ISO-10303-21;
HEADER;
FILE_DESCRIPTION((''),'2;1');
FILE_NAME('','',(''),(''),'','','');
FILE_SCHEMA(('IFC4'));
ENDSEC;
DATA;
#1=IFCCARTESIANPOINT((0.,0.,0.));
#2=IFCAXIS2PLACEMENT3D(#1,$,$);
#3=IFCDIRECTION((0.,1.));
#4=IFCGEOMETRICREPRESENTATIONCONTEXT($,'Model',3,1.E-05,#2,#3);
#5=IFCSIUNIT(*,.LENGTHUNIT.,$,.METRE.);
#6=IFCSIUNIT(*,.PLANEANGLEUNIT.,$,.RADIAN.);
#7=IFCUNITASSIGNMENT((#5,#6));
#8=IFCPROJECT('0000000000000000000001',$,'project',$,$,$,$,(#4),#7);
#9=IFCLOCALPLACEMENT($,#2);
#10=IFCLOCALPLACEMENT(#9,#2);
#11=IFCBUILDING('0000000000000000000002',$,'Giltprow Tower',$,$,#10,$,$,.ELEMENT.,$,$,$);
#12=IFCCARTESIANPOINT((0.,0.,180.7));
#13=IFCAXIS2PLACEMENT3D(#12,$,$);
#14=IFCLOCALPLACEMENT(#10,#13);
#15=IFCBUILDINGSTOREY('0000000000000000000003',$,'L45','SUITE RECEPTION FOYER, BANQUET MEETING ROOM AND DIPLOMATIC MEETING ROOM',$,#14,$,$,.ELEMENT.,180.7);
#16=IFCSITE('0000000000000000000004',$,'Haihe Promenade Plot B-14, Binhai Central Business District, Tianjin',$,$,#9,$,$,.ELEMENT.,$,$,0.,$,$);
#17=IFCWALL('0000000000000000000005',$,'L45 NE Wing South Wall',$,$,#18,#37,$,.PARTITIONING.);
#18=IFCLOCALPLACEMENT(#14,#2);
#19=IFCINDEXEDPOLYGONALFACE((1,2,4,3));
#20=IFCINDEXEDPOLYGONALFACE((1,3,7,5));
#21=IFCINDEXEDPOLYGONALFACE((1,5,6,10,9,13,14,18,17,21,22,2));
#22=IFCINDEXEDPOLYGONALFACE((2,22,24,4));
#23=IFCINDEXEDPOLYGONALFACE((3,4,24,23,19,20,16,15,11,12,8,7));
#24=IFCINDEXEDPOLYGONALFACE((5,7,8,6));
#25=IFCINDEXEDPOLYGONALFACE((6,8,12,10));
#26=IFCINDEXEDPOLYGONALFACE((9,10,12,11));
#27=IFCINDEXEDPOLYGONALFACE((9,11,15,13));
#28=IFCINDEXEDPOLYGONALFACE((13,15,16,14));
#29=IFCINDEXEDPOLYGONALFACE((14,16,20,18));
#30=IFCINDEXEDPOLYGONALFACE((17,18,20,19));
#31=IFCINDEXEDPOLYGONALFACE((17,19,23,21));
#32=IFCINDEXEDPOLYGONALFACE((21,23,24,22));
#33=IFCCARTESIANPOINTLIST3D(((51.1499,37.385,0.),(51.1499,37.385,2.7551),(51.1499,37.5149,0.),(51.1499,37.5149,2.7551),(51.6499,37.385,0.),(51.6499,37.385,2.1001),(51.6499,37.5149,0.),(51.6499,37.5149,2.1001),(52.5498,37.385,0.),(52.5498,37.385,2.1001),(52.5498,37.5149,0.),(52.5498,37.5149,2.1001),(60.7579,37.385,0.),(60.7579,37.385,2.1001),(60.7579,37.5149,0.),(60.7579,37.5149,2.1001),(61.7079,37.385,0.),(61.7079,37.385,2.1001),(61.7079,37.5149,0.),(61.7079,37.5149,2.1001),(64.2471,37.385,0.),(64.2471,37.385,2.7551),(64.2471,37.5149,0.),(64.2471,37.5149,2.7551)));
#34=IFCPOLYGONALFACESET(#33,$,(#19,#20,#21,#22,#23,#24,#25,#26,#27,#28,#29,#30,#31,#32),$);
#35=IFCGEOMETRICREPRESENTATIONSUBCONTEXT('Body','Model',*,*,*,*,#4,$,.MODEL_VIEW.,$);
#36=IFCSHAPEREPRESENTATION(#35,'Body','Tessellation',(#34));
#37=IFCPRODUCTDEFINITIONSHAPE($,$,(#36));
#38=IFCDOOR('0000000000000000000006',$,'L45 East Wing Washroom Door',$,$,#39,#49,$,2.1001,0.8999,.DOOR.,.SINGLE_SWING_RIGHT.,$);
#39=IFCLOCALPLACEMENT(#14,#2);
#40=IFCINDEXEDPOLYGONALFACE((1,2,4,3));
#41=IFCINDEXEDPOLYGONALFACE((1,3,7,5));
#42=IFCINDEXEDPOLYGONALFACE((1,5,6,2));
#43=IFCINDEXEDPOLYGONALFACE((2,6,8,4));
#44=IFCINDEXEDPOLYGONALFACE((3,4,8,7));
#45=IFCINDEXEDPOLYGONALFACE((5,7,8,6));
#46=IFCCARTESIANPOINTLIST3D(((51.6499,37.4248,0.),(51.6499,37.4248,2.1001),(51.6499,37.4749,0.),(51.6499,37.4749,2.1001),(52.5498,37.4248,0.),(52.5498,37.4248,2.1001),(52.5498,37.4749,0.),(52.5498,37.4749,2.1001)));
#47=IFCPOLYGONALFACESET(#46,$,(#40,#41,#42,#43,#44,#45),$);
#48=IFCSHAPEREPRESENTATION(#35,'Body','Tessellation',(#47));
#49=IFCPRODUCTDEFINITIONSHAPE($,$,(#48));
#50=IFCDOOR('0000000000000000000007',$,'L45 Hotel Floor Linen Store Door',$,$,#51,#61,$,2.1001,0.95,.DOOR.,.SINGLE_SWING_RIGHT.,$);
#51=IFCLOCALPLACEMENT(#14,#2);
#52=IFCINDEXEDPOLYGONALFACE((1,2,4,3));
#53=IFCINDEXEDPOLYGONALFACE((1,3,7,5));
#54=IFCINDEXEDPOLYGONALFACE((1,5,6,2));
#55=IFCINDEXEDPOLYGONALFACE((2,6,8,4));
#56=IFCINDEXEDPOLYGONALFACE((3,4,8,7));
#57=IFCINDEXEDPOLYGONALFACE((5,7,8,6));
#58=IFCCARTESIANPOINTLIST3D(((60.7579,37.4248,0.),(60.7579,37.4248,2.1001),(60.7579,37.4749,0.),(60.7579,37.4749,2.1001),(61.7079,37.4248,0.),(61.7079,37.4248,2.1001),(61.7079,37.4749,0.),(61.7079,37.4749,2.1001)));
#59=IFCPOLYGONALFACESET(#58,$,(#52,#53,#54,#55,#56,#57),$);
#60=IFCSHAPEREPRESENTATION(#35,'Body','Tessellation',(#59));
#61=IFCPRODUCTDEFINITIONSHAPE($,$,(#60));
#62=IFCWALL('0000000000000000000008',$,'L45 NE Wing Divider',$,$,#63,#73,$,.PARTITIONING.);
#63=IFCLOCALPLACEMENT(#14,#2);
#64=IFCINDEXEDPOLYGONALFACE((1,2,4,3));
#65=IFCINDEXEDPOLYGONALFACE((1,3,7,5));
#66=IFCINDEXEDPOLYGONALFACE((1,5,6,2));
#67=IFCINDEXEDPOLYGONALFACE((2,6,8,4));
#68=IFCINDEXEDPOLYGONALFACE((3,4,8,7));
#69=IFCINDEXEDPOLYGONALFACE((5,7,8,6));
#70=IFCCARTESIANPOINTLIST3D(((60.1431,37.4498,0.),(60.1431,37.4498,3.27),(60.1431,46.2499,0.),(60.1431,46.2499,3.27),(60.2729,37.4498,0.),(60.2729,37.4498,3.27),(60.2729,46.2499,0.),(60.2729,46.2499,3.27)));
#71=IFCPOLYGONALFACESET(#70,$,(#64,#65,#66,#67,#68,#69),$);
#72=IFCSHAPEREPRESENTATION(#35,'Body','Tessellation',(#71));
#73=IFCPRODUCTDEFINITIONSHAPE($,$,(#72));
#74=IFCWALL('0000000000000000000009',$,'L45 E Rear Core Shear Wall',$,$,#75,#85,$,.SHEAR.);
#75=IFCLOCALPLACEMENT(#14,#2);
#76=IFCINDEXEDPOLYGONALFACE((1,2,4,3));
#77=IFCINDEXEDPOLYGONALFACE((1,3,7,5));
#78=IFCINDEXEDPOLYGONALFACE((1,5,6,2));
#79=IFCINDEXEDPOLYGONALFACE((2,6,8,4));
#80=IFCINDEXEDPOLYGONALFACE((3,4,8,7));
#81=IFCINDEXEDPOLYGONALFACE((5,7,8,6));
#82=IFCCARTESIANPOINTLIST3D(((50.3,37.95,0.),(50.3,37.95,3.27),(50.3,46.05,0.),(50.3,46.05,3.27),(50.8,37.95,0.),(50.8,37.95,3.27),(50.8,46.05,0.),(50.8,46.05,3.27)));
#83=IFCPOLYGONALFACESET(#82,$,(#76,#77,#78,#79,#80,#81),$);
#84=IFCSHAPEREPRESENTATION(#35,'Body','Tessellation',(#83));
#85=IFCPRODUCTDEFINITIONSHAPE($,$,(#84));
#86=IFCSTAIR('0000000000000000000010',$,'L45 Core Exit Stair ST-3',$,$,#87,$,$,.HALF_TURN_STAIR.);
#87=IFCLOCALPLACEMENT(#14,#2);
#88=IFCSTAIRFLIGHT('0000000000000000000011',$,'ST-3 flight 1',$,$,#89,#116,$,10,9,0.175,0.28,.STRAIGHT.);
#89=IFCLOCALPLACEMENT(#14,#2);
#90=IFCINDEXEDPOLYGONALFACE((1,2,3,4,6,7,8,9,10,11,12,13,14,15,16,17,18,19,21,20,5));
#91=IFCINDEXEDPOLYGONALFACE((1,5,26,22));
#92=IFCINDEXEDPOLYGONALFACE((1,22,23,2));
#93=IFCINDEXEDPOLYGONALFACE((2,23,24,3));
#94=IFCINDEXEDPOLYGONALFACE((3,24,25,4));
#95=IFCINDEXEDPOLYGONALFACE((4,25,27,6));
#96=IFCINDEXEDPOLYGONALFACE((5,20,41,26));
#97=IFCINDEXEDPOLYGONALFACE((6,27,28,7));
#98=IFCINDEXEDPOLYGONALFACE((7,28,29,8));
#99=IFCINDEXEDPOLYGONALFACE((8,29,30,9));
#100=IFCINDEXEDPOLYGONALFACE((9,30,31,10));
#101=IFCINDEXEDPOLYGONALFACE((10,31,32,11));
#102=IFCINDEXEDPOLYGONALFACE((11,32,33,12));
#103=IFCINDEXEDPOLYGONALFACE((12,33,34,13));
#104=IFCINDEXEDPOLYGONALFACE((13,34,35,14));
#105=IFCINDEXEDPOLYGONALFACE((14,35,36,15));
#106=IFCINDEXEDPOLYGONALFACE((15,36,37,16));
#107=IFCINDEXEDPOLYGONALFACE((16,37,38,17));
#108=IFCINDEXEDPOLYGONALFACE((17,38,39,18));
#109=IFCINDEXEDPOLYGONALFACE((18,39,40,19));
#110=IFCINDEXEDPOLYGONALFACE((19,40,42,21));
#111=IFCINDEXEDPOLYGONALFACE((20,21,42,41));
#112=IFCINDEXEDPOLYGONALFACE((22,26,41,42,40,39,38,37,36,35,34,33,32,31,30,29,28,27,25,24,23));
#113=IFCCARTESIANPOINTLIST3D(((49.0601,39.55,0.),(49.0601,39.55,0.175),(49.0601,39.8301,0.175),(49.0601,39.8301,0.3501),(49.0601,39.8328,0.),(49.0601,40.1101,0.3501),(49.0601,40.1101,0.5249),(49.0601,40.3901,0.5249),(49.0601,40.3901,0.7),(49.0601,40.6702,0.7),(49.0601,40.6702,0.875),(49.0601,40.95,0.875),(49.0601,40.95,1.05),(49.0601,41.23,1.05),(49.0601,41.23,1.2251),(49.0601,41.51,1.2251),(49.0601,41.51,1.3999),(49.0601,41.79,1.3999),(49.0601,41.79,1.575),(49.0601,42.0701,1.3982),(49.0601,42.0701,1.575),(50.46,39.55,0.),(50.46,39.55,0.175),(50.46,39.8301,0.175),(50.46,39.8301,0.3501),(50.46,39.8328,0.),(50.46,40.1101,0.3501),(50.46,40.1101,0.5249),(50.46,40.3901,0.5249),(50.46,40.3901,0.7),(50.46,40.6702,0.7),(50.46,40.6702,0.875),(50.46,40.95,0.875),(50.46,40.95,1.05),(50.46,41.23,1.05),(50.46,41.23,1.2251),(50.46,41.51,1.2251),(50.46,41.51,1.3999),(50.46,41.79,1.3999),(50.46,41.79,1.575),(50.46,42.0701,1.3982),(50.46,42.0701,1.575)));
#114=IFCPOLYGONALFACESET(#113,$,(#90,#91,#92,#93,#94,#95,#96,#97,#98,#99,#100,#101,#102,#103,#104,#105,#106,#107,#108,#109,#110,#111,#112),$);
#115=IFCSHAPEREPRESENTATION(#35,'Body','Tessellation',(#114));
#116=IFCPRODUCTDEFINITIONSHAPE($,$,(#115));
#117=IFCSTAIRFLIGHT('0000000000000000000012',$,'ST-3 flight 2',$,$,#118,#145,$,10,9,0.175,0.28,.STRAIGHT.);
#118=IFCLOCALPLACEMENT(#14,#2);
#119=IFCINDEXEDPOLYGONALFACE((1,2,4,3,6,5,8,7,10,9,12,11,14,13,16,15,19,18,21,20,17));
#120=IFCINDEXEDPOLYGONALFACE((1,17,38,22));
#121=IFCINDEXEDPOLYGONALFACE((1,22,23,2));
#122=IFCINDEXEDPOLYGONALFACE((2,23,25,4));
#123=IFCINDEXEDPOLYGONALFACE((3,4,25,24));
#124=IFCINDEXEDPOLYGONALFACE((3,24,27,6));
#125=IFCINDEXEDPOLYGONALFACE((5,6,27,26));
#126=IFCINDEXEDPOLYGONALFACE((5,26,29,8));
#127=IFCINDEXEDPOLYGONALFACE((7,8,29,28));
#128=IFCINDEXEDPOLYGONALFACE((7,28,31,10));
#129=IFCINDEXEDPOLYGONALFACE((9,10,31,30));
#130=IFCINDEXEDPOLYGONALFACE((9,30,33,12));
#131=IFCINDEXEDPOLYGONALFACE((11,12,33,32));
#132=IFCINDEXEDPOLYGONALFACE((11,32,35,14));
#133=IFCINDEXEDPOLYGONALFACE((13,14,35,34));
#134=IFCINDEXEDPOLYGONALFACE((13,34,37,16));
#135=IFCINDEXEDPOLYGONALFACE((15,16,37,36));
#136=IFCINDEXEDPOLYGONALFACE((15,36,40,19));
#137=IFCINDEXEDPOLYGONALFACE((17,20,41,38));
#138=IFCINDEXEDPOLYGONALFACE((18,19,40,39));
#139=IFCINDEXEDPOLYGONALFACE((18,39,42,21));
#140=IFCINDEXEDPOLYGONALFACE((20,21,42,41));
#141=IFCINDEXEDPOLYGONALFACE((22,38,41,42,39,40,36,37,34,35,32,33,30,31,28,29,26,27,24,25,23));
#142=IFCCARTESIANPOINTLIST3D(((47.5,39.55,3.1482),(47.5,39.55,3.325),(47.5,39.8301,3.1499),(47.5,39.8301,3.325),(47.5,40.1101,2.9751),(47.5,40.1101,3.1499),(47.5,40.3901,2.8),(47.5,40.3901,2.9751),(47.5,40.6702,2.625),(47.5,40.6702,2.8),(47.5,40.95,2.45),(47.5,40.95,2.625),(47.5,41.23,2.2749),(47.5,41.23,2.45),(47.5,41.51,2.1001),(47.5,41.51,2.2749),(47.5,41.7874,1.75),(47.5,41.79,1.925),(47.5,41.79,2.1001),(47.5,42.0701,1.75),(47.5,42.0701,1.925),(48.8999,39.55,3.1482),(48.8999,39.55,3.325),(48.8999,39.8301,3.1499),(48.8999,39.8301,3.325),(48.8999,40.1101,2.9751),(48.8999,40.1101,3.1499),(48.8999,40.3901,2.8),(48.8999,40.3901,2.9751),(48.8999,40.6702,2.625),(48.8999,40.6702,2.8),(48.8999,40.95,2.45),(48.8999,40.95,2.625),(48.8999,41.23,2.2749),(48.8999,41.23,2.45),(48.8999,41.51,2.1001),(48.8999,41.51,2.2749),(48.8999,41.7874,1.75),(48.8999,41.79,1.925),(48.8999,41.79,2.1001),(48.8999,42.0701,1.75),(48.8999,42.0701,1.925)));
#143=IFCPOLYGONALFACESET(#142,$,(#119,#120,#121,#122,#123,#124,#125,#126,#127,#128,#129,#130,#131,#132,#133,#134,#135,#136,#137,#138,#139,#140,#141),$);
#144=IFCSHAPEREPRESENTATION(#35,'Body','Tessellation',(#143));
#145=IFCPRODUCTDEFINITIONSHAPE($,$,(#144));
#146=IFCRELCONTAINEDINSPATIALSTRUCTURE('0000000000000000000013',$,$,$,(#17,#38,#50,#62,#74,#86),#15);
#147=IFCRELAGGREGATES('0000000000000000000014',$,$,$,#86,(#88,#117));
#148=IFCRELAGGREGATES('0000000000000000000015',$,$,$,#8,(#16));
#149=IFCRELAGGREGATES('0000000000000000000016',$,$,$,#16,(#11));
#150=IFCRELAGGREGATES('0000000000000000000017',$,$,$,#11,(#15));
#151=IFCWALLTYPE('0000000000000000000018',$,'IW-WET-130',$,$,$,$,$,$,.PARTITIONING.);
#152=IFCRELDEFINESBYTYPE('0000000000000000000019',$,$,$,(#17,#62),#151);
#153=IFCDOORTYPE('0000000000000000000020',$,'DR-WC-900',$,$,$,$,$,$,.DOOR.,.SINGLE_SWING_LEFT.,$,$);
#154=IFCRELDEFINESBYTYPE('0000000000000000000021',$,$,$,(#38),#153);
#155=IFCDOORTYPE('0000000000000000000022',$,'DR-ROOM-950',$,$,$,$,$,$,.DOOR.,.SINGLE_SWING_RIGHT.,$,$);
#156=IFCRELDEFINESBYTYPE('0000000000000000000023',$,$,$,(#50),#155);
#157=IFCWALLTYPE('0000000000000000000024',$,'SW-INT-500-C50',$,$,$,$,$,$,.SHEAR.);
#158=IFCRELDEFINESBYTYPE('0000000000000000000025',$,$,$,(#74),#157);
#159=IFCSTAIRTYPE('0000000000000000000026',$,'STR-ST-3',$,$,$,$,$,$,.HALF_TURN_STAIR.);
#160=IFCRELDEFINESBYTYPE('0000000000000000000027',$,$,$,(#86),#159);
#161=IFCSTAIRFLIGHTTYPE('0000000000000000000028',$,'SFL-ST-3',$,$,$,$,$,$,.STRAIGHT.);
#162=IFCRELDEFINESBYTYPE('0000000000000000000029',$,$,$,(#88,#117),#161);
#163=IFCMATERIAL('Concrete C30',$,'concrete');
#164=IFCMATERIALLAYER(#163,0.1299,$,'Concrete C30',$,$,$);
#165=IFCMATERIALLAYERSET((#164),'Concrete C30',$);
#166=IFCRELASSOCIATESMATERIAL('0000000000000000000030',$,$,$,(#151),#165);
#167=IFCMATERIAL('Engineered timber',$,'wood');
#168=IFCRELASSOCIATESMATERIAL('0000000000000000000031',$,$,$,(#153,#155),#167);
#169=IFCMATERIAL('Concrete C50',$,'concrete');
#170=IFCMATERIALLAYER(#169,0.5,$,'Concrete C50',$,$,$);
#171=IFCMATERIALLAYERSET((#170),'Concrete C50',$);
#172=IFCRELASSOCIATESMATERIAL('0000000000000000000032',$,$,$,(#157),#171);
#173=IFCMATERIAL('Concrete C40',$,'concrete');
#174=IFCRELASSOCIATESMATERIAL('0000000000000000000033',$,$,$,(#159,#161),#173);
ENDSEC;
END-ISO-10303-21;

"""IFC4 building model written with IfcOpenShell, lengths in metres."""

from ifc_helpers import new_model, si_unit, direction, frame, frame_2d, origin, place, context, subcontext, project, spatial, polyline, rectangle, outline, extrude, source, transform, mapped, material, layer, layer_set, type_object, element, fill, aggregate, save


model = new_model("IFC4")

# Units and contexts
model_context = context("Model", 3, precision=1e-05, world=origin(), true_north=direction((0.0, 1.0)))
body_context = subcontext(model_context, "Body", "Model", "MODEL_VIEW")
ifc_project = project(units=[si_unit("LENGTHUNIT", "METRE"), si_unit("PLANEANGLEUNIT", "RADIAN")], contexts=[model_context])

# Site, building, storey
site_placement = place(None, origin())
site = spatial("IfcSite", under=ifc_project, at=site_placement, Name="Haihe Promenade Plot B-14, Binhai Central Business District, Tianjin", CompositionType="ELEMENT", RefElevation=0.0)
building_placement = place(site_placement, origin())
building = spatial("IfcBuilding", under=site, at=building_placement, Name="Giltprow Tower", CompositionType="ELEMENT")
storey_placement = place(building_placement, frame((0.0, 0.0, 180.7)))
storey = spatial("IfcBuildingStorey", under=building, at=storey_placement, Name="L45", Description="SUITE RECEPTION FOYER, BANQUET MEETING ROOM AND DIPLOMATIC MEETING ROOM", CompositionType="ELEMENT", Elevation=180.7)

# Shared definitions
ifc_material_1 = material(Name="Concrete C50", Category="concrete")

# Shared definitions
ifc_material_2 = material(Name="Concrete C40", Category="concrete")

# Wall, openings, doors
ifc_material_3 = material(Name="Concrete C30", Category="concrete")
ifc_layer_1 = layer(ifc_material_3, 0.1299, Name="Concrete C30")
ifc_layer_set_1 = layer_set([ifc_layer_1], Name="Concrete C30")
wall_type_1 = type_object("IfcWallType", Name="IW-WET-130", PredefinedType="PARTITIONING", material=ifc_layer_set_1)
wall_1_placement = place(storey_placement, frame((51.1499, 37.45, 0.0), z_axis=(0.0, 0.0, 1.0), x_axis=(1.0, 0.0, 0.0)))
wall_1 = element("IfcWall", 1, at=wall_1_placement, inside=storey, type_object=wall_type_1, Name="L45 NE Wing South Wall", PredefinedType="PARTITIONING", context=body_context, shape_type="SweptSolid", body=[
    extrude(rectangle(XDim=13.0972, YDim=0.1299, at=frame_2d((6.5486, 0.0))), origin(), (0.0, 0.0, 1.0), 2.7551),
])
opening_1_placement = place(wall_1_placement, frame((0.5, 0.0, 0.0)))
opening_1 = element("IfcOpeningElement", 2, at=opening_1_placement, cuts=wall_1, PredefinedType="OPENING", context=body_context, shape_type="SweptSolid", body=[
    extrude(rectangle(XDim=0.8999, YDim=2.1001, at=frame_2d((0.45, 1.05))), frame((0.0, 0.075, 0.0), z_axis=(0.0, -1.0, 0.0), x_axis=(1.0, 0.0, 0.0)), (0.0, 0.0, 1.0), 0.1499),
])
opening_2_placement = place(wall_1_placement, frame((9.6079, 0.0, 0.0)))
opening_2 = element("IfcOpeningElement", 3, at=opening_2_placement, cuts=wall_1, PredefinedType="OPENING", context=body_context, shape_type="SweptSolid", body=[
    extrude(rectangle(XDim=0.95, YDim=2.1001, at=frame_2d((0.4751, 1.05))), frame((0.0, 0.075, 0.0), z_axis=(0.0, -1.0, 0.0), x_axis=(1.0, 0.0, 0.0)), (0.0, 0.0, 1.0), 0.1499),
])
ifc_material_4 = material(Name="Engineered timber", Category="wood")
door_type_1 = type_object("IfcDoorType", Name="DR-WC-900", OperationType="SINGLE_SWING_LEFT", PredefinedType="DOOR", material=ifc_material_4)
shared_shape_1 = source(origin(), body_context, "Body", "SweptSolid", [
    extrude(rectangle(XDim=0.8999, YDim=2.1001, at=frame_2d((0.45, 1.05))), frame((0.0, 0.0249, 0.0), z_axis=(0.0, -1.0, 0.0), x_axis=(1.0, 0.0, 0.0)), (0.0, 0.0, 1.0), 0.05),
])
door_1_placement = place(opening_1_placement, origin())
door_1 = element("IfcDoor", 4, at=door_1_placement, inside=storey, type_object=door_type_1, Name="L45 East Wing Washroom Door", OperationType="SINGLE_SWING_RIGHT", OverallHeight=2.1001, OverallWidth=0.8999, PredefinedType="DOOR", context=body_context, shape_type="MappedRepresentation", body=[
    mapped(shared_shape_1, transform((0.0, 0.0, 0.0), x_axis=(1.0, 0.0, 0.0), y_axis=(0.0, 1.0, 0.0), z_axis=(0.0, 0.0, 1.0), scale=1.0)),
])
fill(opening_1, door_1)
door_type_2 = type_object("IfcDoorType", Name="DR-ROOM-950", OperationType="SINGLE_SWING_RIGHT", PredefinedType="DOOR", material=ifc_material_4)
shared_shape_2 = source(origin(), body_context, "Body", "SweptSolid", [
    extrude(rectangle(XDim=0.95, YDim=2.1001, at=frame_2d((0.4751, 1.05))), frame((0.0, 0.0249, 0.0), z_axis=(0.0, -1.0, 0.0), x_axis=(1.0, 0.0, 0.0)), (0.0, 0.0, 1.0), 0.05),
])
door_2_placement = place(opening_2_placement, origin())
door_2 = element("IfcDoor", 5, at=door_2_placement, inside=storey, type_object=door_type_2, Name="L45 Hotel Floor Linen Store Door", OperationType="SINGLE_SWING_RIGHT", OverallHeight=2.1001, OverallWidth=0.95, PredefinedType="DOOR", context=body_context, shape_type="MappedRepresentation", body=[
    mapped(shared_shape_2, transform((0.0, 0.0, 0.0), x_axis=(1.0, 0.0, 0.0), y_axis=(0.0, 1.0, 0.0), z_axis=(0.0, 0.0, 1.0), scale=1.0)),
])
fill(opening_2, door_2)

# Walls
wall_2_placement = place(storey_placement, frame((60.208, 37.45, 0.0), z_axis=(0.0, 0.0, 1.0), x_axis=(0.0, 1.0, 0.0)))
element("IfcWall", 6, at=wall_2_placement, inside=storey, type_object=wall_type_1, Name="L45 NE Wing Divider", PredefinedType="PARTITIONING", context=body_context, shape_type="SweptSolid", body=[
    extrude(rectangle(XDim=8.8, YDim=0.1299, at=frame_2d((4.3999, 0.0))), origin(), (0.0, 0.0, 1.0), 3.27),
])
ifc_layer_2 = layer(ifc_material_1, 0.5, Name="Concrete C50")
ifc_layer_set_2 = layer_set([ifc_layer_2], Name="Concrete C50")
wall_type_2 = type_object("IfcWallType", Name="SW-INT-500-C50", PredefinedType="SHEAR", material=ifc_layer_set_2)
wall_3_placement = place(storey_placement, frame((50.55, 37.95, 0.0), z_axis=(0.0, 0.0, 1.0), x_axis=(0.0, 1.0, 0.0)))
element("IfcWall", 7, at=wall_3_placement, inside=storey, type_object=wall_type_2, Name="L45 E Rear Core Shear Wall", PredefinedType="SHEAR", context=body_context, shape_type="SweptSolid", body=[
    extrude(rectangle(XDim=8.1001, YDim=0.5, at=frame_2d((4.05, 0.0))), origin(), (0.0, 0.0, 1.0), 3.27),
])

# Stair, stair flights
stair_type = type_object("IfcStairType", Name="STR-ST-3", PredefinedType="HALF_TURN_STAIR", material=ifc_material_2)
stair_placement = place(storey_placement, origin())
stair = element("IfcStair", 8, at=stair_placement, inside=storey, type_object=stair_type, Name="L45 Core Exit Stair ST-3", PredefinedType="HALF_TURN_STAIR")
stair_flight_type = type_object("IfcStairFlightType", Name="SFL-ST-3", PredefinedType="STRAIGHT", material=ifc_material_2)
stair_flight_1_placement = place(storey_placement, frame((49.76, 39.55, 0.0), z_axis=(0.0, 0.0, 1.0), x_axis=(0.0, 1.0, 0.0)))
stair_flight_1 = element("IfcStairFlight", 9, at=stair_flight_1_placement, type_object=stair_flight_type, Name="ST-3 flight 1", NumberOfRisers=10, NumberOfTreads=9, PredefinedType="STRAIGHT", RiserHeight=0.175, TreadLength=0.28, context=body_context, shape_type="SweptSolid", body=[
    extrude(outline(polyline([(0.0, 0.0), (0.0, 0.175), (0.28, 0.175), (0.28, 0.3501), (0.5601, 0.3501), (0.5601, 0.5249), (0.8401, 0.5249), (0.8401, 0.7), (1.1201, 0.7), (1.1201, 0.875), (1.3999, 0.875), (1.3999, 1.05), (1.6799, 1.05), (1.6799, 1.2251), (1.96, 1.2251), (1.96, 1.3999), (2.24, 1.3999), (2.24, 1.575), (2.52, 1.575), (2.52, 1.75), (2.52, 1.3982), (0.2827, 0.0), (0.0, 0.0)])), frame((0.0, 0.7, 0.0), z_axis=(0.0, -1.0, 0.0), x_axis=(1.0, 0.0, 0.0)), (0.0, 0.0, 1.0), 1.3999),
])
stair_flight_2_placement = place(storey_placement, frame((48.2, 42.0701, 1.75), z_axis=(0.0, 0.0, 1.0), x_axis=(0.0, -1.0, 0.0)))
stair_flight_2 = element("IfcStairFlight", 10, at=stair_flight_2_placement, type_object=stair_flight_type, Name="ST-3 flight 2", NumberOfRisers=10, NumberOfTreads=9, PredefinedType="STRAIGHT", RiserHeight=0.175, TreadLength=0.28, context=body_context, shape_type="SweptSolid", body=[
    extrude(outline(polyline([(0.0, 0.0), (0.0, 0.175), (0.28, 0.175), (0.28, 0.3501), (0.5601, 0.3501), (0.5601, 0.5249), (0.8401, 0.5249), (0.8401, 0.7), (1.1201, 0.7), (1.1201, 0.875), (1.3999, 0.875), (1.3999, 1.05), (1.6799, 1.05), (1.6799, 1.2251), (1.96, 1.2251), (1.96, 1.3999), (2.24, 1.3999), (2.24, 1.575), (2.52, 1.575), (2.52, 1.75), (2.52, 1.3982), (0.2827, 0.0), (0.0, 0.0)])), frame((0.0, 0.7, 0.0), z_axis=(0.0, -1.0, 0.0), x_axis=(1.0, 0.0, 0.0)), (0.0, 0.0, 1.0), 1.3999),
])
aggregate(stair, [stair_flight_1, stair_flight_2])

save(model, "model.ifc")
